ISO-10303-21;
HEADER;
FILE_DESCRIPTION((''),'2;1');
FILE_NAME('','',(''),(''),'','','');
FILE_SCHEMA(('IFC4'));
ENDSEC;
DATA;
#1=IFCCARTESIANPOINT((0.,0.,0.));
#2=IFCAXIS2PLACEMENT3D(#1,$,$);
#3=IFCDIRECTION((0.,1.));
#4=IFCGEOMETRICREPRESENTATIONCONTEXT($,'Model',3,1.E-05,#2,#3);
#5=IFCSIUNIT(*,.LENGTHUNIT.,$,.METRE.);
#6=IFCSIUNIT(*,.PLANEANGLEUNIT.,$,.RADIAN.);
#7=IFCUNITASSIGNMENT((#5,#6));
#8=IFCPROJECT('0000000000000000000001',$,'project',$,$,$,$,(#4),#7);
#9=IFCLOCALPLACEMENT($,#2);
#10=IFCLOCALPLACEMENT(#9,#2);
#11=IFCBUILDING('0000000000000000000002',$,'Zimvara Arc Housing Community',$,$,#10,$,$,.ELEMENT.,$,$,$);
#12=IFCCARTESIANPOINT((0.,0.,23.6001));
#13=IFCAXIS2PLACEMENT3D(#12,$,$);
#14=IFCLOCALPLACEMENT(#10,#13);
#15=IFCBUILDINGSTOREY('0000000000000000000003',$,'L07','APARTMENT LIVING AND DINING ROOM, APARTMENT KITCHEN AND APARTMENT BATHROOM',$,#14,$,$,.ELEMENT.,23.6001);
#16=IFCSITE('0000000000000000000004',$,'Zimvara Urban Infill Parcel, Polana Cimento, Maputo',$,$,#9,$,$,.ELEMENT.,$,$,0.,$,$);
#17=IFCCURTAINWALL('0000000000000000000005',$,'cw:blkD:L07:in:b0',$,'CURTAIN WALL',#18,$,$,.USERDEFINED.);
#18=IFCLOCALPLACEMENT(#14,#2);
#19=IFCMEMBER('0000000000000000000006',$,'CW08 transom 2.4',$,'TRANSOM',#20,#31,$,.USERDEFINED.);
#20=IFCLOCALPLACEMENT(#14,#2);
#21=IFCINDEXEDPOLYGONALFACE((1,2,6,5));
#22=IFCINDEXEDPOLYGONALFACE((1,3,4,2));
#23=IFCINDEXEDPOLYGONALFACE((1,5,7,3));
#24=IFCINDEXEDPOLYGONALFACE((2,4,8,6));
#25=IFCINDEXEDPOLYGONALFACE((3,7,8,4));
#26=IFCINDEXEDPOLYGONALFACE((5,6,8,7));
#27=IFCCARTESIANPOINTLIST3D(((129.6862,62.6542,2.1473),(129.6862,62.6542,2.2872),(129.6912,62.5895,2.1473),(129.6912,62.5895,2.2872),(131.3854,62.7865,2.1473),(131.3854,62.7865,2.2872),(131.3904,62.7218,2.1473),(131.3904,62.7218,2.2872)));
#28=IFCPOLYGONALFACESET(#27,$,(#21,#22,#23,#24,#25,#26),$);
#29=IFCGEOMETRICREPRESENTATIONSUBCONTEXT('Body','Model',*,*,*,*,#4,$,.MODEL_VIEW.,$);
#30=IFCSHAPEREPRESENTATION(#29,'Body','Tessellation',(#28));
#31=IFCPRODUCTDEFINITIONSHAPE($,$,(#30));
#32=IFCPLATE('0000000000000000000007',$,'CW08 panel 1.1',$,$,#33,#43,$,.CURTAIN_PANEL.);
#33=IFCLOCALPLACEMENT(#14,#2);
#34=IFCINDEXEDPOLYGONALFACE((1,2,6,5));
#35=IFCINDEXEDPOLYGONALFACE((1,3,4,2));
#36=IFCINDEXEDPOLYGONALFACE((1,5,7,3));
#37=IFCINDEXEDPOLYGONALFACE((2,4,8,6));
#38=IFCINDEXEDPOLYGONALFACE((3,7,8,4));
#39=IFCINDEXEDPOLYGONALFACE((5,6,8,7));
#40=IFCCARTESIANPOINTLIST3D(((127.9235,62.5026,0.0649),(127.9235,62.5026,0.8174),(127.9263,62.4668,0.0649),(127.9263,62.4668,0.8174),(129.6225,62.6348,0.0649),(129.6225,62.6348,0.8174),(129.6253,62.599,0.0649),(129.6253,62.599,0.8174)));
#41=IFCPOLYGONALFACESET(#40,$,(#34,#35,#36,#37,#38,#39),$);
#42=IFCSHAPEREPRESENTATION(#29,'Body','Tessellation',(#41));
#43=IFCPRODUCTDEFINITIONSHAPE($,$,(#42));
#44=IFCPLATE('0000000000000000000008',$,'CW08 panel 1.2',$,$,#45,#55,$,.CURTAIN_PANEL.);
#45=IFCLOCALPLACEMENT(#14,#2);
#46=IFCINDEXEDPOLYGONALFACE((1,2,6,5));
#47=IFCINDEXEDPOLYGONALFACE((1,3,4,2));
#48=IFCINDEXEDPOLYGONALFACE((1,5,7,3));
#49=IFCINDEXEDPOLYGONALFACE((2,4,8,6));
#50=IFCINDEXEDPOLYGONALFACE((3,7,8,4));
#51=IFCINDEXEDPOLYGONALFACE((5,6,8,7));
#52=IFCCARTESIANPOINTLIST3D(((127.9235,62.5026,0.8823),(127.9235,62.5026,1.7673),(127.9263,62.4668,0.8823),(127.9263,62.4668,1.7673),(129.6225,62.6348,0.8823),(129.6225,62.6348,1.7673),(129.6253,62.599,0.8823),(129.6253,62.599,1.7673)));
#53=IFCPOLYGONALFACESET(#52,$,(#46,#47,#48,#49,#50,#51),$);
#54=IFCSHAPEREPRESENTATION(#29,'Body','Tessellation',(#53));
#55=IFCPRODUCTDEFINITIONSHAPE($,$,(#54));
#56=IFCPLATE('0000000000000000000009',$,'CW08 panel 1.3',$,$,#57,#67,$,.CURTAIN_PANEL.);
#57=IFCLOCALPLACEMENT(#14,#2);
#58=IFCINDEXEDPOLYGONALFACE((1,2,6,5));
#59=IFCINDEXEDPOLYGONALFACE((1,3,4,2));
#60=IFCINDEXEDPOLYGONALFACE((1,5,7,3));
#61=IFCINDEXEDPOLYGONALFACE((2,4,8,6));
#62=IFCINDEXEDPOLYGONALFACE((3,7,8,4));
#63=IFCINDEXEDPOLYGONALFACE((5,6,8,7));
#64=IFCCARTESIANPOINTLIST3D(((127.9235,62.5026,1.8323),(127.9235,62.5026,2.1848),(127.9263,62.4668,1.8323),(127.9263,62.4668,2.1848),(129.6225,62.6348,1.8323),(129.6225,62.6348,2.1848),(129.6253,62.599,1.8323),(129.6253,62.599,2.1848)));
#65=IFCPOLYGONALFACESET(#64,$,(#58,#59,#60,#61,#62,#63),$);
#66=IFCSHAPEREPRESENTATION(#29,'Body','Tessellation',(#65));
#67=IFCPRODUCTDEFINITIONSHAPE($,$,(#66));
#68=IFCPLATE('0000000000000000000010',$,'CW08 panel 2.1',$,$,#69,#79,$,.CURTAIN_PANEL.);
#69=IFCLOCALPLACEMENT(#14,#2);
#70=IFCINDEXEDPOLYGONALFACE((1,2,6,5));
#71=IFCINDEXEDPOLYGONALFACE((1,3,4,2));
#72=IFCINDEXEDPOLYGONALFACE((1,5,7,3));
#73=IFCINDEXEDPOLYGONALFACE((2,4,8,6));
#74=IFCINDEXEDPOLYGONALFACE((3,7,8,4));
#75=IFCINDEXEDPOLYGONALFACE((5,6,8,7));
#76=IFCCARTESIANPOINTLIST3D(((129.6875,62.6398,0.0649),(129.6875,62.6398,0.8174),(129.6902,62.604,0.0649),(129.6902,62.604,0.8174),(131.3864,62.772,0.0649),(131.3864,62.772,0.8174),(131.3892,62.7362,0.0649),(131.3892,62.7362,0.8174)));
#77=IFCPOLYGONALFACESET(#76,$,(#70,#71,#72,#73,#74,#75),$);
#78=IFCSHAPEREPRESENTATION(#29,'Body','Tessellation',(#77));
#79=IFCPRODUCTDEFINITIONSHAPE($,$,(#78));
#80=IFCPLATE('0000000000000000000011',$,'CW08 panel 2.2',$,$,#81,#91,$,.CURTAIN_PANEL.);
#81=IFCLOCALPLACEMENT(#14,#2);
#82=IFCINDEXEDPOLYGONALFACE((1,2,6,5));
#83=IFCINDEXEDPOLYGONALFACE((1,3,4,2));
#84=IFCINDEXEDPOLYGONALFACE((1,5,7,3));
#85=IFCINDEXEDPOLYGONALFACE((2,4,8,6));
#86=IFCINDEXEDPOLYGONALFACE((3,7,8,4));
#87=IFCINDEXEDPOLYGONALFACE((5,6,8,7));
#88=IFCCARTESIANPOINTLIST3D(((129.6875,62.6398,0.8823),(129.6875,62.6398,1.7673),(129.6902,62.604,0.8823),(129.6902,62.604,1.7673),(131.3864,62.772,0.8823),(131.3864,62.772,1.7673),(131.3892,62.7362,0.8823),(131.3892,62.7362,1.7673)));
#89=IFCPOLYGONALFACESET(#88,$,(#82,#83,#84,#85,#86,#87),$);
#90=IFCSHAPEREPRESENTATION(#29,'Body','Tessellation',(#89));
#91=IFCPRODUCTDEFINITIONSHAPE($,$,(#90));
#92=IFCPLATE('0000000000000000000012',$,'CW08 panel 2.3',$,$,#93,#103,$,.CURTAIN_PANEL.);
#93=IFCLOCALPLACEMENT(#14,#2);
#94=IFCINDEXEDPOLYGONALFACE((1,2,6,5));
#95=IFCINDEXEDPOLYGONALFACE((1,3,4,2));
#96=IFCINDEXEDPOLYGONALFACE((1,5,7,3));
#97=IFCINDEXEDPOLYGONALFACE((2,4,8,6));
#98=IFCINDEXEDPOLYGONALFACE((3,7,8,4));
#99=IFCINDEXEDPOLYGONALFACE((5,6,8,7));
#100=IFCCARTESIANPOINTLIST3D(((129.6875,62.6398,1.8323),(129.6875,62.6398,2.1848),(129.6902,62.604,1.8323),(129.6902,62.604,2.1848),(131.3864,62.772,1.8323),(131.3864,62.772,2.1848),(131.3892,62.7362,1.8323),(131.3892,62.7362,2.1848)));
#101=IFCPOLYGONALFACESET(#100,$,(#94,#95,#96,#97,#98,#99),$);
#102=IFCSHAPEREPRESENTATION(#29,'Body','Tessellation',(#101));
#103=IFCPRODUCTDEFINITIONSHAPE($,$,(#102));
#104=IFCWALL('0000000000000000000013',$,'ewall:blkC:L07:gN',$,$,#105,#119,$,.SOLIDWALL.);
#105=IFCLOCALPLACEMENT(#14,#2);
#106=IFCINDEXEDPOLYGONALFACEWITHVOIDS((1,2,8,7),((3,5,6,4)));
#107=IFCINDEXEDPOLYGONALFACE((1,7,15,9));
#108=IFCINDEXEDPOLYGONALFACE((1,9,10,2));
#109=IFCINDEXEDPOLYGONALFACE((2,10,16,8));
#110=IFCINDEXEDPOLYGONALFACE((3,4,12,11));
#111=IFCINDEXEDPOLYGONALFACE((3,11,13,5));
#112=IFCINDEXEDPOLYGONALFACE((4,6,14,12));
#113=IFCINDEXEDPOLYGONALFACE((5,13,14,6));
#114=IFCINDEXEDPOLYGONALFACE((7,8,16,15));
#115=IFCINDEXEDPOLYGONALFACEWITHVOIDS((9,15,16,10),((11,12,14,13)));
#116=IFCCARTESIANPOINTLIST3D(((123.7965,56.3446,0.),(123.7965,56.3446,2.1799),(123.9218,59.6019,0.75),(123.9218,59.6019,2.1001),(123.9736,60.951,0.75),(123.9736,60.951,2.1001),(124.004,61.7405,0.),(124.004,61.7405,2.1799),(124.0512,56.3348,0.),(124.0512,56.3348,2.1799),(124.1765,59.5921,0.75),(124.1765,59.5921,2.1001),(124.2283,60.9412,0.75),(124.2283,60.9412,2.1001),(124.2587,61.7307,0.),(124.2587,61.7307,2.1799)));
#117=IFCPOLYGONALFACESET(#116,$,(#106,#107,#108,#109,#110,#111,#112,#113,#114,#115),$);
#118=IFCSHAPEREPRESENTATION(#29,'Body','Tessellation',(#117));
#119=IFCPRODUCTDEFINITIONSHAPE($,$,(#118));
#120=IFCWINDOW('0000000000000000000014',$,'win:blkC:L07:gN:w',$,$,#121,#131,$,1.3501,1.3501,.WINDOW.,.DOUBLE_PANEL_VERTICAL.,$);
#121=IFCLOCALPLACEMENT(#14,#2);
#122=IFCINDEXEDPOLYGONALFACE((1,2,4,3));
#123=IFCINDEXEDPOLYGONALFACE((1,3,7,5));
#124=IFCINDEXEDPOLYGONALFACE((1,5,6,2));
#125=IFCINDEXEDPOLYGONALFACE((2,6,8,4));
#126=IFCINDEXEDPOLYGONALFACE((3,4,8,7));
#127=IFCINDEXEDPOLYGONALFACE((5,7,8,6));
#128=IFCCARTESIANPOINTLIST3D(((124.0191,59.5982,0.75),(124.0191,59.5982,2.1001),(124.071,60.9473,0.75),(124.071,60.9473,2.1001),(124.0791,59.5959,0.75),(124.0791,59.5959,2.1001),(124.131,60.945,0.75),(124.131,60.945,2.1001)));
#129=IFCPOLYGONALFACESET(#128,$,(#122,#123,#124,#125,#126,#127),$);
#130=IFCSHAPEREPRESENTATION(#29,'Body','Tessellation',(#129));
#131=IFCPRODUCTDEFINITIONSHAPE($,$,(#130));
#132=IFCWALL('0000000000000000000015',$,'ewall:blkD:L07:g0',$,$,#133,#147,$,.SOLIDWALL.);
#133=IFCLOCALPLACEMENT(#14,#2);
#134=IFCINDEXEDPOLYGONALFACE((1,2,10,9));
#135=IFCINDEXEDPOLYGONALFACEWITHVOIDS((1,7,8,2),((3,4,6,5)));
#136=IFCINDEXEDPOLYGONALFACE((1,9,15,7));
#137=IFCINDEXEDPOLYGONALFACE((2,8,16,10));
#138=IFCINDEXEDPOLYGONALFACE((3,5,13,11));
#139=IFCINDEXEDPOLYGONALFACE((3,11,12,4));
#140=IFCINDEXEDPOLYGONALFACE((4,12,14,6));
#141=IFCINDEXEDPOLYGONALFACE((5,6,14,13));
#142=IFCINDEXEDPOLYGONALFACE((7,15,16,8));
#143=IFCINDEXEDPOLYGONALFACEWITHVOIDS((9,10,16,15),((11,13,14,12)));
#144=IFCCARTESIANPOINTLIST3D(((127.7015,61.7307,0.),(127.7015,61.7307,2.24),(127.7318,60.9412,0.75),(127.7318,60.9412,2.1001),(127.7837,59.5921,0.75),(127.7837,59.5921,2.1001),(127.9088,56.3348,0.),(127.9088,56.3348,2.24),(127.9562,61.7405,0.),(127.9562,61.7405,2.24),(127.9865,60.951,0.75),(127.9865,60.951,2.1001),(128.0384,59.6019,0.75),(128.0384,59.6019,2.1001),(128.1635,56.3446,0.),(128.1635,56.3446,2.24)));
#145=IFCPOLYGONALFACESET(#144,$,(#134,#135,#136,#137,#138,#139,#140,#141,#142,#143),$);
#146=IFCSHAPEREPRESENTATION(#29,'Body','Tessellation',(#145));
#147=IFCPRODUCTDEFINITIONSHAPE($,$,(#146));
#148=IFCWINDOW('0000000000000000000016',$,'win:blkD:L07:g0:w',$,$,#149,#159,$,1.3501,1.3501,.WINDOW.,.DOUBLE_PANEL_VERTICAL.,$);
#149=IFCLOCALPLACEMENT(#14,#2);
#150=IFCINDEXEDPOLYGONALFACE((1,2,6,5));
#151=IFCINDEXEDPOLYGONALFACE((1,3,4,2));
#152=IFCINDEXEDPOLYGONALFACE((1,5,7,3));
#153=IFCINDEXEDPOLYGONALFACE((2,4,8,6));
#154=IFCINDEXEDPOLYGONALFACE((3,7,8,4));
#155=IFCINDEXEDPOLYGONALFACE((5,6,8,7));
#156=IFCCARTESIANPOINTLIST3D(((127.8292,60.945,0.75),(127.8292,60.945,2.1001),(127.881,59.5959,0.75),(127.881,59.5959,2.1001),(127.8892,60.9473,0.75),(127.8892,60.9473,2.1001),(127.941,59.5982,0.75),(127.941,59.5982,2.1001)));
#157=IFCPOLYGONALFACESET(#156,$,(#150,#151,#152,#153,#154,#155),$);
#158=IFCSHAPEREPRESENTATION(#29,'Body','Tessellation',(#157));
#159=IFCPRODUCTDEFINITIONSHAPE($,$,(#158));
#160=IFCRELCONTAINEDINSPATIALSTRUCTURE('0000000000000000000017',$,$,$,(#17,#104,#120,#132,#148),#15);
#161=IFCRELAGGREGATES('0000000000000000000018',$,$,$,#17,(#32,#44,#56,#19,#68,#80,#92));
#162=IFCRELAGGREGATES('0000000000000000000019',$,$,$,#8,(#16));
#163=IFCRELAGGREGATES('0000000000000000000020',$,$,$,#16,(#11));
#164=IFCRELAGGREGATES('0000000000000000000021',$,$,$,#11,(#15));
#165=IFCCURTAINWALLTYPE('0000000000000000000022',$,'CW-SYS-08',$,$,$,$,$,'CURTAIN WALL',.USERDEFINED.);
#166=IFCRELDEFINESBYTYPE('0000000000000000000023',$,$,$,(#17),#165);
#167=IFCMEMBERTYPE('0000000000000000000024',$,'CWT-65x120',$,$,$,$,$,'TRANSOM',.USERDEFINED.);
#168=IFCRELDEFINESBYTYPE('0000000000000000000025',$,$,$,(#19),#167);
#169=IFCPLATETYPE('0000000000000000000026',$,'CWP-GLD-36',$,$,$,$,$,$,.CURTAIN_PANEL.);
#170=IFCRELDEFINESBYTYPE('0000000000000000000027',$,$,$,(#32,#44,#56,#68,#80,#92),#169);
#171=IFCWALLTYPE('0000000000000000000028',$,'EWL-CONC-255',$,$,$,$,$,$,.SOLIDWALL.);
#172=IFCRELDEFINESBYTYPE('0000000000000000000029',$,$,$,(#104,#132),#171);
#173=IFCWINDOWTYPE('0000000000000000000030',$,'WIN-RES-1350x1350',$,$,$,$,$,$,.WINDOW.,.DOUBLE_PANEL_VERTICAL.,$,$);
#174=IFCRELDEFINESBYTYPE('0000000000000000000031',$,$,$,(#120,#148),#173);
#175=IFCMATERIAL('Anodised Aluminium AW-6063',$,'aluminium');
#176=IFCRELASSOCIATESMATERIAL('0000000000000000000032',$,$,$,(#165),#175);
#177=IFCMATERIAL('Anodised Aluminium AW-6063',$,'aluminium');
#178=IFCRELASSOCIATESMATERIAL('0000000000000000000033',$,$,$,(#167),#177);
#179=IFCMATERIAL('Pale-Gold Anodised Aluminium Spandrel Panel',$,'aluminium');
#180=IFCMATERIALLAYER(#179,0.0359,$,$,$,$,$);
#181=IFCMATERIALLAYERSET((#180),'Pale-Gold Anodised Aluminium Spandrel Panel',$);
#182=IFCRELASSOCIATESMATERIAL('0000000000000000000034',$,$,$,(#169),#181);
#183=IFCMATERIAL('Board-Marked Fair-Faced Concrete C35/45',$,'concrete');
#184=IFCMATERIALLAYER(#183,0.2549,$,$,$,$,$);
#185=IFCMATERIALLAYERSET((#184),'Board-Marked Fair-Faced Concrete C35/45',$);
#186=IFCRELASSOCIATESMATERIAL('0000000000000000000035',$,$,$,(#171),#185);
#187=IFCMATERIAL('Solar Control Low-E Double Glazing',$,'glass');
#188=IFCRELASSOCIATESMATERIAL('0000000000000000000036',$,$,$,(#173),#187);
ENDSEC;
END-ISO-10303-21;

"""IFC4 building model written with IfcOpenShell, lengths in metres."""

from ifc_helpers import new_model, si_unit, direction, frame, frame_2d, origin, origin_2d, place, context, subcontext, project, spatial, rectangle, extrude, material, layer, layer_set, material_profile, profile_set, type_object, element, fill, aggregate, save


model = new_model("IFC4")

# Units and contexts
model_context = context("Model", 3, precision=1e-05, world=origin(), true_north=direction((0.0, 1.0)))
body_context = subcontext(model_context, "Body", "Model", "MODEL_VIEW")
ifc_project = project(units=[si_unit("LENGTHUNIT", "METRE"), si_unit("PLANEANGLEUNIT", "RADIAN")], contexts=[model_context])

# Site, building, storey
site_placement = place(None, origin())
site = spatial("IfcSite", under=ifc_project, at=site_placement, Name="Zimvara Urban Infill Parcel, Polana Cimento, Maputo", CompositionType="ELEMENT", RefElevation=0.0)
building_placement = place(site_placement, origin())
building = spatial("IfcBuilding", under=site, at=building_placement, Name="Zimvara Arc Housing Community", CompositionType="ELEMENT")
storey_placement = place(building_placement, frame((0.0, 0.0, 23.6001)))
storey = spatial("IfcBuildingStorey", under=building, at=storey_placement, Name="L07", Description="APARTMENT LIVING AND DINING ROOM, APARTMENT KITCHEN AND APARTMENT BATHROOM", CompositionType="ELEMENT", Elevation=23.6001)

# Curtain wall, member, plates
ifc_material_1 = material(Name="Anodised Aluminium AW-6063", Category="aluminium")
curtain_wall_type = type_object("IfcCurtainWallType", Name="CW-SYS-08", ElementType="CURTAIN WALL", PredefinedType="USERDEFINED", material=ifc_material_1)
curtain_wall_placement = place(storey_placement, origin())
curtain_wall = element("IfcCurtainWall", 1, at=curtain_wall_placement, inside=storey, type_object=curtain_wall_type, Name="cw:blkD:L07:in:b0", ObjectType="CURTAIN WALL", PredefinedType="USERDEFINED")
ifc_material_2 = material(Name="Anodised Aluminium AW-6063", Category="aluminium")
ifc_material_profile_1 = material_profile(ifc_material_2, rectangle(XDim=0.0649, YDim=0.1399, at=origin_2d()), Name="ALU 65x140")
ifc_profile_set_1 = profile_set([ifc_material_profile_1], Name="Anodised Aluminium AW-6063")
member_type_1 = type_object("IfcMemberType", Name="CWT-65x120", ElementType="TRANSOM", PredefinedType="USERDEFINED", material=ifc_profile_set_1)
member_1_placement = place(storey_placement, frame((129.6887, 62.6218, 2.2173), z_axis=(0.996982, 0.077639, 0.0), x_axis=(-0.077639, 0.996982, 0.0)))
member_1 = element("IfcMember", 2, at=member_1_placement, type_object=member_type_1, Name="CW08 transom 2.4", ObjectType="TRANSOM", PredefinedType="USERDEFINED", context=body_context, shape_type="SweptSolid", body=[
    extrude(rectangle(XDim=0.0649, YDim=0.1399, at=origin_2d()), origin(), (0.0, 0.0, 1.0), 1.7043),
])
ifc_material_3 = material(Name="Pale-Gold Anodised Aluminium Spandrel Panel", Category="aluminium")
ifc_layer_1 = layer(ifc_material_3, 0.0359)
ifc_layer_set_1 = layer_set([ifc_layer_1], Name="Pale-Gold Anodised Aluminium Spandrel Panel")
plate_type = type_object("IfcPlateType", Name="CWP-GLD-36", PredefinedType="CURTAIN_PANEL", material=ifc_layer_set_1)
plate_1_placement = place(storey_placement, frame((128.7744, 62.5508, 0.0649), z_axis=(0.0, 0.0, 1.0), x_axis=(0.996986, 0.077588, 0.0)))
plate_1 = element("IfcPlate", 3, at=plate_1_placement, type_object=plate_type, Name="CW08 panel 1.1", PredefinedType="CURTAIN_PANEL", context=body_context, shape_type="SweptSolid", body=[
    extrude(rectangle(XDim=1.7041, YDim=0.0359, at=origin_2d()), origin(), (0.0, 0.0, 1.0), 0.7524),
])
plate_2_placement = place(storey_placement, frame((128.7744, 62.5508, 0.8823), z_axis=(0.0, 0.0, 1.0), x_axis=(0.996986, 0.077588, 0.0)))
plate_2 = element("IfcPlate", 4, at=plate_2_placement, type_object=plate_type, Name="CW08 panel 1.2", PredefinedType="CURTAIN_PANEL", context=body_context, shape_type="SweptSolid", body=[
    extrude(rectangle(XDim=1.7041, YDim=0.0359, at=origin_2d()), origin(), (0.0, 0.0, 1.0), 0.885),
])
plate_3_placement = place(storey_placement, frame((128.7744, 62.5508, 1.8323), z_axis=(0.0, 0.0, 1.0), x_axis=(0.996986, 0.077588, 0.0)))
plate_3 = element("IfcPlate", 5, at=plate_3_placement, type_object=plate_type, Name="CW08 panel 1.3", PredefinedType="CURTAIN_PANEL", context=body_context, shape_type="SweptSolid", body=[
    extrude(rectangle(XDim=1.7041, YDim=0.0359, at=origin_2d()), origin(), (0.0, 0.0, 1.0), 0.3525),
])
plate_4_placement = place(storey_placement, frame((130.5383, 62.688, 0.0649), z_axis=(0.0, 0.0, 1.0), x_axis=(0.996986, 0.077588, 0.0)))
plate_4 = element("IfcPlate", 6, at=plate_4_placement, type_object=plate_type, Name="CW08 panel 2.1", PredefinedType="CURTAIN_PANEL", context=body_context, shape_type="SweptSolid", body=[
    extrude(rectangle(XDim=1.7041, YDim=0.0359, at=origin_2d()), origin(), (0.0, 0.0, 1.0), 0.7524),
])
plate_5_placement = place(storey_placement, frame((130.5383, 62.688, 0.8823), z_axis=(0.0, 0.0, 1.0), x_axis=(0.996986, 0.077588, 0.0)))
plate_5 = element("IfcPlate", 7, at=plate_5_placement, type_object=plate_type, Name="CW08 panel 2.2", PredefinedType="CURTAIN_PANEL", context=body_context, shape_type="SweptSolid", body=[
    extrude(rectangle(XDim=1.7041, YDim=0.0359, at=origin_2d()), origin(), (0.0, 0.0, 1.0), 0.885),
])
plate_6_placement = place(storey_placement, frame((130.5383, 62.688, 1.8323), z_axis=(0.0, 0.0, 1.0), x_axis=(0.996986, 0.077588, 0.0)))
plate_6 = element("IfcPlate", 8, at=plate_6_placement, type_object=plate_type, Name="CW08 panel 2.3", PredefinedType="CURTAIN_PANEL", context=body_context, shape_type="SweptSolid", body=[
    extrude(rectangle(XDim=1.7041, YDim=0.0359, at=origin_2d()), origin(), (0.0, 0.0, 1.0), 0.3525),
])
aggregate(curtain_wall, [plate_1, plate_2, plate_3, member_1, plate_4, plate_5, plate_6])

# Walls, openings, windows
ifc_material_4 = material(Name="Board-Marked Fair-Faced Concrete C35/45", Category="concrete")
ifc_layer_2 = layer(ifc_material_4, 0.2549)
ifc_layer_set_2 = layer_set([ifc_layer_2], Name="Board-Marked Fair-Faced Concrete C35/45")
wall_type_1 = type_object("IfcWallType", Name="EWL-CONC-255", PredefinedType="SOLIDWALL", material=ifc_layer_set_2)
wall_1_placement = place(storey_placement, frame((124.1313, 61.7356, 0.0), z_axis=(0.0, 0.0, 1.0), x_axis=(-0.03843, -0.999261, 0.0)))
wall_1 = element("IfcWall", 9, at=wall_1_placement, inside=storey, type_object=wall_type_1, Name="ewall:blkC:L07:gN", PredefinedType="SOLIDWALL", context=body_context, shape_type="SweptSolid", body=[
    extrude(rectangle(XDim=5.3999, YDim=0.2549, at=frame_2d((2.7, 0.0))), origin(), (0.0, 0.0, 1.0), 2.1799),
])
opening_1_placement = place(wall_1_placement, frame((0.79, 0.0, 0.75)))
opening_1 = element("IfcOpeningElement", 10, at=opening_1_placement, cuts=wall_1, PredefinedType="OPENING", context=body_context, shape_type="SweptSolid", body=[
    extrude(rectangle(XDim=1.3501, YDim=1.3501, at=frame_2d((0.675, 0.675))), frame((0.0, 0.1375, 0.0), z_axis=(0.0, -1.0, 0.0), x_axis=(1.0, 0.0, 0.0)), (0.0, 0.0, 1.0), 0.2749),
])
ifc_material_5 = material(Name="Solar Control Low-E Double Glazing", Category="glass")
window_type = type_object("IfcWindowType", Name="WIN-RES-1350x1350", PartitioningType="DOUBLE_PANEL_VERTICAL", PredefinedType="WINDOW", material=ifc_material_5)
window_1_placement = place(opening_1_placement, origin())
window_1 = element("IfcWindow", 11, at=window_1_placement, inside=storey, type_object=window_type, Name="win:blkC:L07:gN:w", OverallHeight=1.3501, OverallWidth=1.3501, PartitioningType="DOUBLE_PANEL_VERTICAL", PredefinedType="WINDOW", context=body_context, shape_type="SweptSolid", body=[
    extrude(rectangle(XDim=1.3501, YDim=1.3501, at=frame_2d((0.675, 0.675))), frame((0.0, 0.03, 0.0), z_axis=(0.0, -1.0, 0.0), x_axis=(1.0, 0.0, 0.0)), (0.0, 0.0, 1.0), 0.0601),
])
fill(opening_1, window_1)
wall_2_placement = place(storey_placement, frame((127.8289, 61.7356, 0.0), z_axis=(0.0, 0.0, 1.0), x_axis=(0.038385, -0.999263, 0.0)))
wall_2 = element("IfcWall", 12, at=wall_2_placement, inside=storey, type_object=wall_type_1, Name="ewall:blkD:L07:g0", PredefinedType="SOLIDWALL", context=body_context, shape_type="SweptSolid", body=[
    extrude(rectangle(XDim=5.3999, YDim=0.2549, at=frame_2d((2.7, 0.0))), origin(), (0.0, 0.0, 1.0), 2.24),
])
opening_2_placement = place(wall_2_placement, frame((0.79, 0.0, 0.75)))
opening_2 = element("IfcOpeningElement", 13, at=opening_2_placement, cuts=wall_2, PredefinedType="OPENING", context=body_context, shape_type="SweptSolid", body=[
    extrude(rectangle(XDim=1.3501, YDim=1.3501, at=frame_2d((0.675, 0.675))), frame((0.0, 0.1375, 0.0), z_axis=(0.0, -1.0, 0.0), x_axis=(1.0, 0.0, 0.0)), (0.0, 0.0, 1.0), 0.2749),
])
window_2_placement = place(opening_2_placement, origin())
window_2 = element("IfcWindow", 14, at=window_2_placement, inside=storey, type_object=window_type, Name="win:blkD:L07:g0:w", OverallHeight=1.3501, OverallWidth=1.3501, PartitioningType="DOUBLE_PANEL_VERTICAL", PredefinedType="WINDOW", context=body_context, shape_type="SweptSolid", body=[
    extrude(rectangle(XDim=1.3501, YDim=1.3501, at=frame_2d((0.675, 0.675))), frame((0.0, 0.03, 0.0), z_axis=(0.0, -1.0, 0.0), x_axis=(1.0, 0.0, 0.0)), (0.0, 0.0, 1.0), 0.0601),
])
fill(opening_2, window_2)

save(model, "model.ifc")
